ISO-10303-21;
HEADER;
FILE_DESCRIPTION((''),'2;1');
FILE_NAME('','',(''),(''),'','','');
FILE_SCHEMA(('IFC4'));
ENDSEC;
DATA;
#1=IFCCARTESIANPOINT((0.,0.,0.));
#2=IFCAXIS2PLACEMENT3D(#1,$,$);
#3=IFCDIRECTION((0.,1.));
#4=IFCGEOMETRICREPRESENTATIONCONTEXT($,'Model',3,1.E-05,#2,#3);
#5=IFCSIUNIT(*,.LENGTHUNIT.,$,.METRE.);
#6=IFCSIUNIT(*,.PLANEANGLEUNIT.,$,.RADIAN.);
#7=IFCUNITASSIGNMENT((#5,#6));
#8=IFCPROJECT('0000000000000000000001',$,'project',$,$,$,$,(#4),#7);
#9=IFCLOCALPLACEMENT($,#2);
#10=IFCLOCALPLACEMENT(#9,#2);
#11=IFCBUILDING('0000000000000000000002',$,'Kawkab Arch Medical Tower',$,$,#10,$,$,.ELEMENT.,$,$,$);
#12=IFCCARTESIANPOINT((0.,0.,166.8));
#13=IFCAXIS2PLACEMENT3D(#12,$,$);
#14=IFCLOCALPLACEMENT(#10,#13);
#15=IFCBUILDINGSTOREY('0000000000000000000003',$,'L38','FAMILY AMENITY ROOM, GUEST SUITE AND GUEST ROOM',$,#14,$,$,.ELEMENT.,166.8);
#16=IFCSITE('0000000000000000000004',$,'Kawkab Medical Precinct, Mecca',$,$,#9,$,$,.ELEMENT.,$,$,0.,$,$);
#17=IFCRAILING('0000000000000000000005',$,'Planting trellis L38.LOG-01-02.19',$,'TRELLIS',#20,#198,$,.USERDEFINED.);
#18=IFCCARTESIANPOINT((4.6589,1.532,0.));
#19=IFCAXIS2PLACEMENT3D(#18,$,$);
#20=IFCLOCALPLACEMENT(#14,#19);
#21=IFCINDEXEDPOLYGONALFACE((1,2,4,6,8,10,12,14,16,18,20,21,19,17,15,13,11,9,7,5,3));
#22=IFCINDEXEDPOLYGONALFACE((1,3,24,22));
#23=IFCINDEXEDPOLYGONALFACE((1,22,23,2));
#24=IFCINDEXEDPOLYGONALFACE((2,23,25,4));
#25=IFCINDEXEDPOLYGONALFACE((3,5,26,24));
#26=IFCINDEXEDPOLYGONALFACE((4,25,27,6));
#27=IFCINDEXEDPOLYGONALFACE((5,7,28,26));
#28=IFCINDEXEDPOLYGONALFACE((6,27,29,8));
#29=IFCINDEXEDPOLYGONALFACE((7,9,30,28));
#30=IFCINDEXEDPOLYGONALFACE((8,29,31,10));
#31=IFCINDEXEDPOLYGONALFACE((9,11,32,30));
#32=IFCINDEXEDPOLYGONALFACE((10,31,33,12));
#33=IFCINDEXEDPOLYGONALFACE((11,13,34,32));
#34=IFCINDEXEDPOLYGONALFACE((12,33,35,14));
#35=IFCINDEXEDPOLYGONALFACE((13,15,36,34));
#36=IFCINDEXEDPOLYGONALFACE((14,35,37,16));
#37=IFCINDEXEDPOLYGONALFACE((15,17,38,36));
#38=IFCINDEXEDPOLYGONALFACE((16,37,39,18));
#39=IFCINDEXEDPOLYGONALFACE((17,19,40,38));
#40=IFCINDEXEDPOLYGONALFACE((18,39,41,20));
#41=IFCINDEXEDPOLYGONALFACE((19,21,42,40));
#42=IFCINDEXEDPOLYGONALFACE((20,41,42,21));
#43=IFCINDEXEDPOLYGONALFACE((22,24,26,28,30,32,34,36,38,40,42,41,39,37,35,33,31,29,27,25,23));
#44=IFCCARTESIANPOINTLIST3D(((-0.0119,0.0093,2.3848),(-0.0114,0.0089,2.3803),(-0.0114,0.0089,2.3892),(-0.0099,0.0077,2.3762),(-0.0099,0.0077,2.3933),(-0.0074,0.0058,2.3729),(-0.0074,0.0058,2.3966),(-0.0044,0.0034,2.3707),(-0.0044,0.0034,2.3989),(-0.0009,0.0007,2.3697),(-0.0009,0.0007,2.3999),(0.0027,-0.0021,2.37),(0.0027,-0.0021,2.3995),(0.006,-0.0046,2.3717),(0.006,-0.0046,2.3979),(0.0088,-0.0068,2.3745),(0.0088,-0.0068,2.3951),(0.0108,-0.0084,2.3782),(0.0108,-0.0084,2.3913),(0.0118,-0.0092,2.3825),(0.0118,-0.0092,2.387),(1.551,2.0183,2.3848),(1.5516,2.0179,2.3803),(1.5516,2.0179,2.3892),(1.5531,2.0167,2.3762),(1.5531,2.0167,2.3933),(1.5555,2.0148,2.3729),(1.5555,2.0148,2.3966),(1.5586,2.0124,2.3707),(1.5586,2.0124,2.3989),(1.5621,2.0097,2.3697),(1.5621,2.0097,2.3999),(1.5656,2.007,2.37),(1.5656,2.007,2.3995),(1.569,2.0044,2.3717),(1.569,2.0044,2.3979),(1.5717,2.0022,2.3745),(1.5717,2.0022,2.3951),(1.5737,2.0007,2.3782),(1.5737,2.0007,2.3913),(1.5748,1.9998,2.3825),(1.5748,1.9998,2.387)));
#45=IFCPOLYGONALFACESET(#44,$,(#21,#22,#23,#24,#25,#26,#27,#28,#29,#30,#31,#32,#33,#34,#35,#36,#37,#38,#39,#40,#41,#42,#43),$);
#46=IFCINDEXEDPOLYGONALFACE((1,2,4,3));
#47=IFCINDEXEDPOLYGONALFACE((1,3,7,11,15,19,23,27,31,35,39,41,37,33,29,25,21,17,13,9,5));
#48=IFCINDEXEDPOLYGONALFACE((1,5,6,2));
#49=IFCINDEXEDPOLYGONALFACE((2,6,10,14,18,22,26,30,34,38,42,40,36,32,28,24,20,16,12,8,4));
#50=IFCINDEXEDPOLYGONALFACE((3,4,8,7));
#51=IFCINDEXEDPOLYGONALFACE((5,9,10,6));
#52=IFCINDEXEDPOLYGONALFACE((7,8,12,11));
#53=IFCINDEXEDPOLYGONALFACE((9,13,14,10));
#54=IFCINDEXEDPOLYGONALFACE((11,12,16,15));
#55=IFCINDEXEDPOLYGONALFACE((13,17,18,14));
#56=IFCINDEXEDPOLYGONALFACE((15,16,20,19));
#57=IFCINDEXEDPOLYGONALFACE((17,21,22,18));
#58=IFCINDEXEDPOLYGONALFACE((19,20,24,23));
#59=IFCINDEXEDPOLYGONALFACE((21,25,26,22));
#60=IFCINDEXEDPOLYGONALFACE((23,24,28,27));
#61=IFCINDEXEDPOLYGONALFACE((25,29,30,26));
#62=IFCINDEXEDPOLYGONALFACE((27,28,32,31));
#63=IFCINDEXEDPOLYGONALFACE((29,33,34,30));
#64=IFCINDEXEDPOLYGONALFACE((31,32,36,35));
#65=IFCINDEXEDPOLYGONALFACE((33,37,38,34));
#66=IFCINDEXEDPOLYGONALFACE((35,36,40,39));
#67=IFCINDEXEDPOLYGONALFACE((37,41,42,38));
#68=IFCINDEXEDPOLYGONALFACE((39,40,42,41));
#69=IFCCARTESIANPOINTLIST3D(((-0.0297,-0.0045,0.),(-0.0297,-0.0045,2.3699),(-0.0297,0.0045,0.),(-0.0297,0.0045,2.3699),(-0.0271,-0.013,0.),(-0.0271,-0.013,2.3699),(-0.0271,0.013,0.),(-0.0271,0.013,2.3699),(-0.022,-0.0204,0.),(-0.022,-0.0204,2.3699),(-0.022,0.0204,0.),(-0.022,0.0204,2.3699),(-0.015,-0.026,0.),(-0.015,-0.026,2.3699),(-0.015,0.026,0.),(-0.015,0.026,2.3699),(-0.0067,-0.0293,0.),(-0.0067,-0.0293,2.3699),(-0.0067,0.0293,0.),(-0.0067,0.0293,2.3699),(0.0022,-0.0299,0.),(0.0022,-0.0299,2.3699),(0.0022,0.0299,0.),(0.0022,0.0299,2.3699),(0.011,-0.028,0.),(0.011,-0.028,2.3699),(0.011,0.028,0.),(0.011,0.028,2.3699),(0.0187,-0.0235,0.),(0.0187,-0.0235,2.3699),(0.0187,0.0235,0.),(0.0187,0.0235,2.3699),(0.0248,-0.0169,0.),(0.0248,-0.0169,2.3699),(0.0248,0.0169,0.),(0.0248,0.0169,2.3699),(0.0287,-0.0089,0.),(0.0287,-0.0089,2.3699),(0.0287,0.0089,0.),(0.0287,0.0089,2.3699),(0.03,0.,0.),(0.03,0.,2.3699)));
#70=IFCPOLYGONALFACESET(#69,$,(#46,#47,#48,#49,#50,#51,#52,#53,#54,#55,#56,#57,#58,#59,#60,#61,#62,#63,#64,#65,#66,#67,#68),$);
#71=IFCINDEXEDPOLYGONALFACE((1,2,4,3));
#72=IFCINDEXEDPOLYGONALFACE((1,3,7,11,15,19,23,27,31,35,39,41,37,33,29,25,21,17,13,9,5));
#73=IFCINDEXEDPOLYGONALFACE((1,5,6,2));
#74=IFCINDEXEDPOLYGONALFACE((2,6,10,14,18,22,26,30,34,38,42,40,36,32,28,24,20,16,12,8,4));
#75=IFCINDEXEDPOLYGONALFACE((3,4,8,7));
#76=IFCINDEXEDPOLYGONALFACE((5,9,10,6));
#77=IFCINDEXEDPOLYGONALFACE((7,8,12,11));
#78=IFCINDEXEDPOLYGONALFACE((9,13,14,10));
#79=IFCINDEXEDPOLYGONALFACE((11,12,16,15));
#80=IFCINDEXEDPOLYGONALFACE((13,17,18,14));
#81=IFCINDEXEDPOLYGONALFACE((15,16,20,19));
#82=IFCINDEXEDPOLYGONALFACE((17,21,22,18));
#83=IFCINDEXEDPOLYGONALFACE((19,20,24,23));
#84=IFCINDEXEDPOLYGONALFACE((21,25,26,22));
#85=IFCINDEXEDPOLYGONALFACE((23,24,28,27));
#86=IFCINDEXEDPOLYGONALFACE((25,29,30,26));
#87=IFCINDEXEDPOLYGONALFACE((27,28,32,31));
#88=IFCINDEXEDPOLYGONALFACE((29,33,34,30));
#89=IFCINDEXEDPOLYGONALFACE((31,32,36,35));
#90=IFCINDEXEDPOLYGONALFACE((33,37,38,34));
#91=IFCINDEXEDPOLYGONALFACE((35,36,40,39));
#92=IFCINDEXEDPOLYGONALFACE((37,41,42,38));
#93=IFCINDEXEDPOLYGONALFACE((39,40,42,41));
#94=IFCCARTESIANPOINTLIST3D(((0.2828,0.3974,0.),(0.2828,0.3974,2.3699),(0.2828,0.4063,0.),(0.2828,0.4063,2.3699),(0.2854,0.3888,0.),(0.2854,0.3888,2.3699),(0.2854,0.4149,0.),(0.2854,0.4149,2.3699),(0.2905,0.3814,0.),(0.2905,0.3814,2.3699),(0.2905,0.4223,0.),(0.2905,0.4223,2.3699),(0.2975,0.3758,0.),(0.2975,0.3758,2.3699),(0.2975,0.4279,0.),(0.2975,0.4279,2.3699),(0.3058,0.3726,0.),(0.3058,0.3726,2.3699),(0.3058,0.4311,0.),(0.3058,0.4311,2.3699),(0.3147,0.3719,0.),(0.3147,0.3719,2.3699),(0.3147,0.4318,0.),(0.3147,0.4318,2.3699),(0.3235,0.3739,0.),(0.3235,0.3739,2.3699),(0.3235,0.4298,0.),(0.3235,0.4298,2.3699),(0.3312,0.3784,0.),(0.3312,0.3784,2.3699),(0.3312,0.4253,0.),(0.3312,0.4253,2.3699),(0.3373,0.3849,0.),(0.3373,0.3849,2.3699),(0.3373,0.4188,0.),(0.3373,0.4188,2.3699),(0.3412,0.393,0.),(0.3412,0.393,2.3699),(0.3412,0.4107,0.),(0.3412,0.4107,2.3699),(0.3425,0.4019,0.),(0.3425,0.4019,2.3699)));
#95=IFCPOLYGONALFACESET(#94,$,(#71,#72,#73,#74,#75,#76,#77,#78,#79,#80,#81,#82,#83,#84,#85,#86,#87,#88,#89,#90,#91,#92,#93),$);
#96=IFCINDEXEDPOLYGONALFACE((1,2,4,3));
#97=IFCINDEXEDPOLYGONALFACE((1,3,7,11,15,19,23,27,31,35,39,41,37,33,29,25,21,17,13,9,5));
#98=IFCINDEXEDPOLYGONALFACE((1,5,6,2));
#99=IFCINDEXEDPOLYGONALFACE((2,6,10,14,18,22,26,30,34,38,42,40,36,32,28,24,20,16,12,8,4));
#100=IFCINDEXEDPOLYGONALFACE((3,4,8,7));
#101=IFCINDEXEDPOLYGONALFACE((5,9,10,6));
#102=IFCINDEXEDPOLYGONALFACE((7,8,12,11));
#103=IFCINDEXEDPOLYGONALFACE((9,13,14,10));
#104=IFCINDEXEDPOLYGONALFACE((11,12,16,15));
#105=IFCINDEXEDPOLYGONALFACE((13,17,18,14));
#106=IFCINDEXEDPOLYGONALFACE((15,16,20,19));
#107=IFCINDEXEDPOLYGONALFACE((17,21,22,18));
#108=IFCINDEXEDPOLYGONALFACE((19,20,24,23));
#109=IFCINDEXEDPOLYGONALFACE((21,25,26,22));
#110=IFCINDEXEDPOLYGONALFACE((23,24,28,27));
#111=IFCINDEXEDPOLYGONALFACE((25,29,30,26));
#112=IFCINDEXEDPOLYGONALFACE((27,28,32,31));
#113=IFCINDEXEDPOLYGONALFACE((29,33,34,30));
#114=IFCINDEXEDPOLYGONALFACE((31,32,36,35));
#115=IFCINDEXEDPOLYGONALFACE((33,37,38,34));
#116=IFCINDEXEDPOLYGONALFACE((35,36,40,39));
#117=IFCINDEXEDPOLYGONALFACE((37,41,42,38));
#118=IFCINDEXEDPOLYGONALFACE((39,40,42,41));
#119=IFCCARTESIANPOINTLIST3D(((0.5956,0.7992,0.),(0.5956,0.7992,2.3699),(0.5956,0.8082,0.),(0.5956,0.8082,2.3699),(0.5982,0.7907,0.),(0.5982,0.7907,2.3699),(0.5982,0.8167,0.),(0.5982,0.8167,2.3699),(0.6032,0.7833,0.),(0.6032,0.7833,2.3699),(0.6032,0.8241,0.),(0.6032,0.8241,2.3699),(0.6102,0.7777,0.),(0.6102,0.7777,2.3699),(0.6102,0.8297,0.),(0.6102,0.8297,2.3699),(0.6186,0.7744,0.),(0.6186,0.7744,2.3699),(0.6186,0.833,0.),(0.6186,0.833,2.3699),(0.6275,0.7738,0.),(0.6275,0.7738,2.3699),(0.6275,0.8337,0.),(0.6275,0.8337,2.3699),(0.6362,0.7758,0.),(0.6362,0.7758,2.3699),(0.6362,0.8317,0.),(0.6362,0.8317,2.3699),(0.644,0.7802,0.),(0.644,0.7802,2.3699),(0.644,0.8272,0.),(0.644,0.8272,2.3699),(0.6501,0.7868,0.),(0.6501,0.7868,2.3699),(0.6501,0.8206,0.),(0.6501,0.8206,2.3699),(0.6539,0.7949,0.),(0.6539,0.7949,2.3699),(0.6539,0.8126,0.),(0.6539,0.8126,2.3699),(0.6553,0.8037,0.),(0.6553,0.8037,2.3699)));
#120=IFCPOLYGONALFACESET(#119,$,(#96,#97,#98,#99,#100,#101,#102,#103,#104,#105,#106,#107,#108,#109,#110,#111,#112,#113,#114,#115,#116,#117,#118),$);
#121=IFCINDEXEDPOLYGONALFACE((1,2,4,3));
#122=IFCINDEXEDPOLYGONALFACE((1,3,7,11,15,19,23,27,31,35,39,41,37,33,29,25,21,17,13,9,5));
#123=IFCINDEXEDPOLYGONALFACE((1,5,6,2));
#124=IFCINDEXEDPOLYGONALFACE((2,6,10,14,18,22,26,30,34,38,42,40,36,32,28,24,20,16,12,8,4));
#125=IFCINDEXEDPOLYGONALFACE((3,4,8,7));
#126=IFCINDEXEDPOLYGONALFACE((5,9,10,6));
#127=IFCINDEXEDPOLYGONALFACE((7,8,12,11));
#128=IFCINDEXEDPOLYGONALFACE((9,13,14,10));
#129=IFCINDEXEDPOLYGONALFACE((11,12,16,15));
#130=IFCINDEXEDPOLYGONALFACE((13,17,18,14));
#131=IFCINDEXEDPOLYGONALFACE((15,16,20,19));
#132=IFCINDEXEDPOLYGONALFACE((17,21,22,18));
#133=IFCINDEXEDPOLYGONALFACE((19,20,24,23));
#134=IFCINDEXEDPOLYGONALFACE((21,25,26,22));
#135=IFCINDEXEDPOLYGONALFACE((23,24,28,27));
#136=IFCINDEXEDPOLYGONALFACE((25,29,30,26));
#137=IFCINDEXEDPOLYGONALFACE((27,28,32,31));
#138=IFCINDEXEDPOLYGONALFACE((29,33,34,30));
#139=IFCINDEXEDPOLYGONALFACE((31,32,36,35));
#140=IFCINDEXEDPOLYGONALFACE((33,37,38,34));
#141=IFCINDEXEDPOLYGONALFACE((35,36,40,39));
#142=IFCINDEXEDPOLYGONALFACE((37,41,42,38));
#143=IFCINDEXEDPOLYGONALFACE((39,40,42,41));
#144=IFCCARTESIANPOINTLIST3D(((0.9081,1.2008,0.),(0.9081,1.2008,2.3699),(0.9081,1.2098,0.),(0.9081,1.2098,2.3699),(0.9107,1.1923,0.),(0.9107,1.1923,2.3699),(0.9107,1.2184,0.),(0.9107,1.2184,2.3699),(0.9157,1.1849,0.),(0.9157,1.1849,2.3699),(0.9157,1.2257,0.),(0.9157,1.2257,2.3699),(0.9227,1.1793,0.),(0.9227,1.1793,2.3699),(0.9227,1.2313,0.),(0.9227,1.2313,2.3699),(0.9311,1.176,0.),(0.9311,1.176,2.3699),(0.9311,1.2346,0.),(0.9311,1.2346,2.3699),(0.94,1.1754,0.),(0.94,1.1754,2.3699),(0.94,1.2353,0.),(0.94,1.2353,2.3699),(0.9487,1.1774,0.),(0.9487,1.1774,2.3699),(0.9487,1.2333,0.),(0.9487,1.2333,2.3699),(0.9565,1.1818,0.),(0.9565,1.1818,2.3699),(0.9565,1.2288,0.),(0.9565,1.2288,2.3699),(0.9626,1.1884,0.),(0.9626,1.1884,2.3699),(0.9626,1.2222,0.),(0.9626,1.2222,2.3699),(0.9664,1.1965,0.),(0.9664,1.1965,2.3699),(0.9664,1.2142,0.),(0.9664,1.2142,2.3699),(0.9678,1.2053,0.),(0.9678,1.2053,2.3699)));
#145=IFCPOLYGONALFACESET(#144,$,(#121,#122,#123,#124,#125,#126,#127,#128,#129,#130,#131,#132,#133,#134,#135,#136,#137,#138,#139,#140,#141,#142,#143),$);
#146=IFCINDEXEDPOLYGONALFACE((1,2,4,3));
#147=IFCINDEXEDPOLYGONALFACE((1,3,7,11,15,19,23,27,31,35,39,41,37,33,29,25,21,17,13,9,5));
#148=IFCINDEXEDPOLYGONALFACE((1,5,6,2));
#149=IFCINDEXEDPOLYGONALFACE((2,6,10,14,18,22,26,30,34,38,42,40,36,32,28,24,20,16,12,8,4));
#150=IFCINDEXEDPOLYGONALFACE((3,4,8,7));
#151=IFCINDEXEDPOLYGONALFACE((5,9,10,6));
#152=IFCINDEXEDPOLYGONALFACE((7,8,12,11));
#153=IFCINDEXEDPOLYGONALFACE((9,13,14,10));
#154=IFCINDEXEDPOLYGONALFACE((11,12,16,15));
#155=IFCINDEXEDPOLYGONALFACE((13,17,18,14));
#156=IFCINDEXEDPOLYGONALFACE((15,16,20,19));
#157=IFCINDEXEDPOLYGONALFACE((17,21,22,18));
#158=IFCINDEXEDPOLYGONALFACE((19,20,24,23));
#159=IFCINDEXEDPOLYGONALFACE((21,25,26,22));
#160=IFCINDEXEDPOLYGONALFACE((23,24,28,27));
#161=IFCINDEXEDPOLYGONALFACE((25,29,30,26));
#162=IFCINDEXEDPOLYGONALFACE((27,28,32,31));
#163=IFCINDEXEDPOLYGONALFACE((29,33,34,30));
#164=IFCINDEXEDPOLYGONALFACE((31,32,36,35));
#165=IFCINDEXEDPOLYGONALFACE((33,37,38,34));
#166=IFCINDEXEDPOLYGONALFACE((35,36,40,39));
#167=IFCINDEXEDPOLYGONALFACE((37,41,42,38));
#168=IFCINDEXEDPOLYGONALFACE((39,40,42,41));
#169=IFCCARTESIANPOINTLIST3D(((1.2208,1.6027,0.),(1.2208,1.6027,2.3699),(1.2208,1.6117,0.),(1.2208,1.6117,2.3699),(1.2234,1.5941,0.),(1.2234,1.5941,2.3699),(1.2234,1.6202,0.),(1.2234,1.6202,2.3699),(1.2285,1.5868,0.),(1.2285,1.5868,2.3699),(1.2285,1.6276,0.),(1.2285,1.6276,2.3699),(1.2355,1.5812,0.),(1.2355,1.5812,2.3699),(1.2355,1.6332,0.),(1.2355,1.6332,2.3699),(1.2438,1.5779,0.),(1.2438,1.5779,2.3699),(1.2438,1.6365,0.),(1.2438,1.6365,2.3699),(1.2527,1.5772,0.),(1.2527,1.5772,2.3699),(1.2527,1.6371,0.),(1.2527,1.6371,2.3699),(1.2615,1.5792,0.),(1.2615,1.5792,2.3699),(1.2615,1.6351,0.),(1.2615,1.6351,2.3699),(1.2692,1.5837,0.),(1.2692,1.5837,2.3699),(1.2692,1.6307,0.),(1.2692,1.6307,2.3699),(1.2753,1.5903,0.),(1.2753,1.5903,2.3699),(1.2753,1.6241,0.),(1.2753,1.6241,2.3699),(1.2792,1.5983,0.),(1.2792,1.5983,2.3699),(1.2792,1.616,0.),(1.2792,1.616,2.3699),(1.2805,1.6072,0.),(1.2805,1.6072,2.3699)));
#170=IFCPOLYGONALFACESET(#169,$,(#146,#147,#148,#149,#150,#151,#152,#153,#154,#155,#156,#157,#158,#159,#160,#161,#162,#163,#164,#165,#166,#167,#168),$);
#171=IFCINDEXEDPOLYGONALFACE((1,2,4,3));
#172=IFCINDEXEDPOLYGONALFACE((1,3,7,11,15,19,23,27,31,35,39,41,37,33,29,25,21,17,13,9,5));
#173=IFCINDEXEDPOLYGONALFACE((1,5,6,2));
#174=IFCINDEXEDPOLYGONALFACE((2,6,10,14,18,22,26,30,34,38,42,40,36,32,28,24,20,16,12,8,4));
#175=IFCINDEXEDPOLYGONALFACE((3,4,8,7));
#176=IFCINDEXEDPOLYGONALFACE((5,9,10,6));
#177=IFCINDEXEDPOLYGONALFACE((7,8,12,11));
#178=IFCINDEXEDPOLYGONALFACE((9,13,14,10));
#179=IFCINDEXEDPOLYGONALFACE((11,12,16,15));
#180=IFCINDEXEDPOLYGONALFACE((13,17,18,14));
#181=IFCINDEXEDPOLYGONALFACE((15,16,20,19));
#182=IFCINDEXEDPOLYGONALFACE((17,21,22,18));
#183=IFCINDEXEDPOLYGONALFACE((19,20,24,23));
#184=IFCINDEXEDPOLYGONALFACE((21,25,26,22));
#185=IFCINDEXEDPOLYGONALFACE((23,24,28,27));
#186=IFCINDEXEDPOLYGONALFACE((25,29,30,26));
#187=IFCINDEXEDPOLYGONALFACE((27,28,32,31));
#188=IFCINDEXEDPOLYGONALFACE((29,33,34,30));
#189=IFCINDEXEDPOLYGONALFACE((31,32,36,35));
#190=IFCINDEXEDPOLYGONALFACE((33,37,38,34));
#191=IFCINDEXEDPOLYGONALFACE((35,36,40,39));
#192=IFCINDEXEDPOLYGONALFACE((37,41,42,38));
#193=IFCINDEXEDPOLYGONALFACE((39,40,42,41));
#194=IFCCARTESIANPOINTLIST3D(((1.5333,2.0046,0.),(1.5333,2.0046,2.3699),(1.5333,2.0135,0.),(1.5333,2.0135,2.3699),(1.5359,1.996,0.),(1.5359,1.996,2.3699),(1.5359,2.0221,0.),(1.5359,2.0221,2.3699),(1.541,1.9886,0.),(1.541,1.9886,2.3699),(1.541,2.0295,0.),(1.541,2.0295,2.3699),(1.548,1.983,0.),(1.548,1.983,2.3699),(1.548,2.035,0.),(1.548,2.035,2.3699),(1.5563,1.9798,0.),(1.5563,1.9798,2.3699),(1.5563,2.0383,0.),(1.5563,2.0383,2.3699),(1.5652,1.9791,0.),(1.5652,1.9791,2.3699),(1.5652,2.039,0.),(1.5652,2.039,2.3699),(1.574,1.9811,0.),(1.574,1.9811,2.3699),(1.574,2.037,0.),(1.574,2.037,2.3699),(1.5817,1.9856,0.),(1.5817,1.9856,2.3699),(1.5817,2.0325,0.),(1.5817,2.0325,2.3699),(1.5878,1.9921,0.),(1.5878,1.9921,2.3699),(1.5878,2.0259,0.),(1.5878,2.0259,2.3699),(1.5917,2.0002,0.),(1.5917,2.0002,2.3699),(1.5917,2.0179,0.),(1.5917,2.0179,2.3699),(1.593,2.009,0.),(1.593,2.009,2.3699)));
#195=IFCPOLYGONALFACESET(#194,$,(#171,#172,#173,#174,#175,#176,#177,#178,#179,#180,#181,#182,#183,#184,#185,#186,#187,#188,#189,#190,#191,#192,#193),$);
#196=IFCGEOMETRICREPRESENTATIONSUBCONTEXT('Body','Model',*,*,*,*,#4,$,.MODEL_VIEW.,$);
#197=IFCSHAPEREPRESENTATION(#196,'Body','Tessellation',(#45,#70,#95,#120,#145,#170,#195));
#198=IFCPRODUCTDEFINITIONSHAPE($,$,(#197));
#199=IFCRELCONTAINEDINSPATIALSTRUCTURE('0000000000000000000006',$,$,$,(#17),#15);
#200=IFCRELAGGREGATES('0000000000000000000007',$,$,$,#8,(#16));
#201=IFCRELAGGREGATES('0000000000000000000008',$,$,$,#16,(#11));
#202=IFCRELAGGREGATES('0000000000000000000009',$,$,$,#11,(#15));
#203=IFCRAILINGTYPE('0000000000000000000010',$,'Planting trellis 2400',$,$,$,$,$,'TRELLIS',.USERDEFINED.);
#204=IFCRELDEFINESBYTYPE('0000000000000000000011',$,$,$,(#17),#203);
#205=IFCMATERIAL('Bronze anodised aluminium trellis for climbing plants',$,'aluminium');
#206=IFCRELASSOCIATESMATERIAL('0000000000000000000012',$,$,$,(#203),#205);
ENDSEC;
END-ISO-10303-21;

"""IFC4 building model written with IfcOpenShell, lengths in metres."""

from ifc_helpers import new_model, si_unit, direction, frame, origin, origin_2d, place, context, subcontext, project, spatial, circle, extrude, material, type_object, element, save


model = new_model("IFC4")

# Units and contexts
model_context = context("Model", 3, precision=1e-05, world=origin(), true_north=direction((0.0, 1.0)))
body_context = subcontext(model_context, "Body", "Model", "MODEL_VIEW")
ifc_project = project(units=[si_unit("LENGTHUNIT", "METRE"), si_unit("PLANEANGLEUNIT", "RADIAN")], contexts=[model_context])

# Site, building, storey
site_placement = place(None, origin())
site = spatial("IfcSite", under=ifc_project, at=site_placement, Name="Kawkab Medical Precinct, Mecca", CompositionType="ELEMENT", RefElevation=0.0)
building_placement = place(site_placement, origin())
building = spatial("IfcBuilding", under=site, at=building_placement, Name="Kawkab Arch Medical Tower", CompositionType="ELEMENT")
storey_placement = place(building_placement, frame((0.0, 0.0, 166.8)))
storey = spatial("IfcBuildingStorey", under=building, at=storey_placement, Name="L38", Description="FAMILY AMENITY ROOM, GUEST SUITE AND GUEST ROOM", CompositionType="ELEMENT", Elevation=166.8)

# Railing
ifc_material_1 = material(Name="Bronze anodised aluminium trellis for climbing plants", Category="aluminium")
railing_type = type_object("IfcRailingType", Name="Planting trellis 2400", ElementType="TRELLIS", PredefinedType="USERDEFINED", material=ifc_material_1)
railing_1_placement = place(storey_placement, frame((4.6589, 1.532, 0.0)))
element("IfcRailing", 1, at=railing_1_placement, inside=storey, type_object=railing_type, Name="Planting trellis L38.LOG-01-02.19", ObjectType="TRELLIS", PredefinedType="USERDEFINED", context=body_context, shape_type="SweptSolid", body=[
    extrude(circle(Radius=0.0151, at=origin_2d()), frame((0.0, 0.0, 2.3848), z_axis=(0.61404, 0.789275, 0.0), x_axis=(-0.789275, 0.61404, 0.0)), (0.0, 0.0, 1.0), 2.5454),
    extrude(circle(Radius=0.03, at=origin_2d()), origin(), (0.0, 0.0, 1.0), 2.3699),
    extrude(circle(Radius=0.03, at=origin_2d()), frame((0.3125, 0.4019, 0.0)), (0.0, 0.0, 1.0), 2.3699),
    extrude(circle(Radius=0.03, at=origin_2d()), frame((0.6252, 0.8037, 0.0)), (0.0, 0.0, 1.0), 2.3699),
    extrude(circle(Radius=0.03, at=origin_2d()), frame((0.9377, 1.2053, 0.0)), (0.0, 0.0, 1.0), 2.3699),
    extrude(circle(Radius=0.03, at=origin_2d()), frame((1.2505, 1.6072, 0.0)), (0.0, 0.0, 1.0), 2.3699),
    extrude(circle(Radius=0.03, at=origin_2d()), frame((1.563, 2.009, 0.0)), (0.0, 0.0, 1.0), 2.3699),
])

save(model, "model.ifc")
